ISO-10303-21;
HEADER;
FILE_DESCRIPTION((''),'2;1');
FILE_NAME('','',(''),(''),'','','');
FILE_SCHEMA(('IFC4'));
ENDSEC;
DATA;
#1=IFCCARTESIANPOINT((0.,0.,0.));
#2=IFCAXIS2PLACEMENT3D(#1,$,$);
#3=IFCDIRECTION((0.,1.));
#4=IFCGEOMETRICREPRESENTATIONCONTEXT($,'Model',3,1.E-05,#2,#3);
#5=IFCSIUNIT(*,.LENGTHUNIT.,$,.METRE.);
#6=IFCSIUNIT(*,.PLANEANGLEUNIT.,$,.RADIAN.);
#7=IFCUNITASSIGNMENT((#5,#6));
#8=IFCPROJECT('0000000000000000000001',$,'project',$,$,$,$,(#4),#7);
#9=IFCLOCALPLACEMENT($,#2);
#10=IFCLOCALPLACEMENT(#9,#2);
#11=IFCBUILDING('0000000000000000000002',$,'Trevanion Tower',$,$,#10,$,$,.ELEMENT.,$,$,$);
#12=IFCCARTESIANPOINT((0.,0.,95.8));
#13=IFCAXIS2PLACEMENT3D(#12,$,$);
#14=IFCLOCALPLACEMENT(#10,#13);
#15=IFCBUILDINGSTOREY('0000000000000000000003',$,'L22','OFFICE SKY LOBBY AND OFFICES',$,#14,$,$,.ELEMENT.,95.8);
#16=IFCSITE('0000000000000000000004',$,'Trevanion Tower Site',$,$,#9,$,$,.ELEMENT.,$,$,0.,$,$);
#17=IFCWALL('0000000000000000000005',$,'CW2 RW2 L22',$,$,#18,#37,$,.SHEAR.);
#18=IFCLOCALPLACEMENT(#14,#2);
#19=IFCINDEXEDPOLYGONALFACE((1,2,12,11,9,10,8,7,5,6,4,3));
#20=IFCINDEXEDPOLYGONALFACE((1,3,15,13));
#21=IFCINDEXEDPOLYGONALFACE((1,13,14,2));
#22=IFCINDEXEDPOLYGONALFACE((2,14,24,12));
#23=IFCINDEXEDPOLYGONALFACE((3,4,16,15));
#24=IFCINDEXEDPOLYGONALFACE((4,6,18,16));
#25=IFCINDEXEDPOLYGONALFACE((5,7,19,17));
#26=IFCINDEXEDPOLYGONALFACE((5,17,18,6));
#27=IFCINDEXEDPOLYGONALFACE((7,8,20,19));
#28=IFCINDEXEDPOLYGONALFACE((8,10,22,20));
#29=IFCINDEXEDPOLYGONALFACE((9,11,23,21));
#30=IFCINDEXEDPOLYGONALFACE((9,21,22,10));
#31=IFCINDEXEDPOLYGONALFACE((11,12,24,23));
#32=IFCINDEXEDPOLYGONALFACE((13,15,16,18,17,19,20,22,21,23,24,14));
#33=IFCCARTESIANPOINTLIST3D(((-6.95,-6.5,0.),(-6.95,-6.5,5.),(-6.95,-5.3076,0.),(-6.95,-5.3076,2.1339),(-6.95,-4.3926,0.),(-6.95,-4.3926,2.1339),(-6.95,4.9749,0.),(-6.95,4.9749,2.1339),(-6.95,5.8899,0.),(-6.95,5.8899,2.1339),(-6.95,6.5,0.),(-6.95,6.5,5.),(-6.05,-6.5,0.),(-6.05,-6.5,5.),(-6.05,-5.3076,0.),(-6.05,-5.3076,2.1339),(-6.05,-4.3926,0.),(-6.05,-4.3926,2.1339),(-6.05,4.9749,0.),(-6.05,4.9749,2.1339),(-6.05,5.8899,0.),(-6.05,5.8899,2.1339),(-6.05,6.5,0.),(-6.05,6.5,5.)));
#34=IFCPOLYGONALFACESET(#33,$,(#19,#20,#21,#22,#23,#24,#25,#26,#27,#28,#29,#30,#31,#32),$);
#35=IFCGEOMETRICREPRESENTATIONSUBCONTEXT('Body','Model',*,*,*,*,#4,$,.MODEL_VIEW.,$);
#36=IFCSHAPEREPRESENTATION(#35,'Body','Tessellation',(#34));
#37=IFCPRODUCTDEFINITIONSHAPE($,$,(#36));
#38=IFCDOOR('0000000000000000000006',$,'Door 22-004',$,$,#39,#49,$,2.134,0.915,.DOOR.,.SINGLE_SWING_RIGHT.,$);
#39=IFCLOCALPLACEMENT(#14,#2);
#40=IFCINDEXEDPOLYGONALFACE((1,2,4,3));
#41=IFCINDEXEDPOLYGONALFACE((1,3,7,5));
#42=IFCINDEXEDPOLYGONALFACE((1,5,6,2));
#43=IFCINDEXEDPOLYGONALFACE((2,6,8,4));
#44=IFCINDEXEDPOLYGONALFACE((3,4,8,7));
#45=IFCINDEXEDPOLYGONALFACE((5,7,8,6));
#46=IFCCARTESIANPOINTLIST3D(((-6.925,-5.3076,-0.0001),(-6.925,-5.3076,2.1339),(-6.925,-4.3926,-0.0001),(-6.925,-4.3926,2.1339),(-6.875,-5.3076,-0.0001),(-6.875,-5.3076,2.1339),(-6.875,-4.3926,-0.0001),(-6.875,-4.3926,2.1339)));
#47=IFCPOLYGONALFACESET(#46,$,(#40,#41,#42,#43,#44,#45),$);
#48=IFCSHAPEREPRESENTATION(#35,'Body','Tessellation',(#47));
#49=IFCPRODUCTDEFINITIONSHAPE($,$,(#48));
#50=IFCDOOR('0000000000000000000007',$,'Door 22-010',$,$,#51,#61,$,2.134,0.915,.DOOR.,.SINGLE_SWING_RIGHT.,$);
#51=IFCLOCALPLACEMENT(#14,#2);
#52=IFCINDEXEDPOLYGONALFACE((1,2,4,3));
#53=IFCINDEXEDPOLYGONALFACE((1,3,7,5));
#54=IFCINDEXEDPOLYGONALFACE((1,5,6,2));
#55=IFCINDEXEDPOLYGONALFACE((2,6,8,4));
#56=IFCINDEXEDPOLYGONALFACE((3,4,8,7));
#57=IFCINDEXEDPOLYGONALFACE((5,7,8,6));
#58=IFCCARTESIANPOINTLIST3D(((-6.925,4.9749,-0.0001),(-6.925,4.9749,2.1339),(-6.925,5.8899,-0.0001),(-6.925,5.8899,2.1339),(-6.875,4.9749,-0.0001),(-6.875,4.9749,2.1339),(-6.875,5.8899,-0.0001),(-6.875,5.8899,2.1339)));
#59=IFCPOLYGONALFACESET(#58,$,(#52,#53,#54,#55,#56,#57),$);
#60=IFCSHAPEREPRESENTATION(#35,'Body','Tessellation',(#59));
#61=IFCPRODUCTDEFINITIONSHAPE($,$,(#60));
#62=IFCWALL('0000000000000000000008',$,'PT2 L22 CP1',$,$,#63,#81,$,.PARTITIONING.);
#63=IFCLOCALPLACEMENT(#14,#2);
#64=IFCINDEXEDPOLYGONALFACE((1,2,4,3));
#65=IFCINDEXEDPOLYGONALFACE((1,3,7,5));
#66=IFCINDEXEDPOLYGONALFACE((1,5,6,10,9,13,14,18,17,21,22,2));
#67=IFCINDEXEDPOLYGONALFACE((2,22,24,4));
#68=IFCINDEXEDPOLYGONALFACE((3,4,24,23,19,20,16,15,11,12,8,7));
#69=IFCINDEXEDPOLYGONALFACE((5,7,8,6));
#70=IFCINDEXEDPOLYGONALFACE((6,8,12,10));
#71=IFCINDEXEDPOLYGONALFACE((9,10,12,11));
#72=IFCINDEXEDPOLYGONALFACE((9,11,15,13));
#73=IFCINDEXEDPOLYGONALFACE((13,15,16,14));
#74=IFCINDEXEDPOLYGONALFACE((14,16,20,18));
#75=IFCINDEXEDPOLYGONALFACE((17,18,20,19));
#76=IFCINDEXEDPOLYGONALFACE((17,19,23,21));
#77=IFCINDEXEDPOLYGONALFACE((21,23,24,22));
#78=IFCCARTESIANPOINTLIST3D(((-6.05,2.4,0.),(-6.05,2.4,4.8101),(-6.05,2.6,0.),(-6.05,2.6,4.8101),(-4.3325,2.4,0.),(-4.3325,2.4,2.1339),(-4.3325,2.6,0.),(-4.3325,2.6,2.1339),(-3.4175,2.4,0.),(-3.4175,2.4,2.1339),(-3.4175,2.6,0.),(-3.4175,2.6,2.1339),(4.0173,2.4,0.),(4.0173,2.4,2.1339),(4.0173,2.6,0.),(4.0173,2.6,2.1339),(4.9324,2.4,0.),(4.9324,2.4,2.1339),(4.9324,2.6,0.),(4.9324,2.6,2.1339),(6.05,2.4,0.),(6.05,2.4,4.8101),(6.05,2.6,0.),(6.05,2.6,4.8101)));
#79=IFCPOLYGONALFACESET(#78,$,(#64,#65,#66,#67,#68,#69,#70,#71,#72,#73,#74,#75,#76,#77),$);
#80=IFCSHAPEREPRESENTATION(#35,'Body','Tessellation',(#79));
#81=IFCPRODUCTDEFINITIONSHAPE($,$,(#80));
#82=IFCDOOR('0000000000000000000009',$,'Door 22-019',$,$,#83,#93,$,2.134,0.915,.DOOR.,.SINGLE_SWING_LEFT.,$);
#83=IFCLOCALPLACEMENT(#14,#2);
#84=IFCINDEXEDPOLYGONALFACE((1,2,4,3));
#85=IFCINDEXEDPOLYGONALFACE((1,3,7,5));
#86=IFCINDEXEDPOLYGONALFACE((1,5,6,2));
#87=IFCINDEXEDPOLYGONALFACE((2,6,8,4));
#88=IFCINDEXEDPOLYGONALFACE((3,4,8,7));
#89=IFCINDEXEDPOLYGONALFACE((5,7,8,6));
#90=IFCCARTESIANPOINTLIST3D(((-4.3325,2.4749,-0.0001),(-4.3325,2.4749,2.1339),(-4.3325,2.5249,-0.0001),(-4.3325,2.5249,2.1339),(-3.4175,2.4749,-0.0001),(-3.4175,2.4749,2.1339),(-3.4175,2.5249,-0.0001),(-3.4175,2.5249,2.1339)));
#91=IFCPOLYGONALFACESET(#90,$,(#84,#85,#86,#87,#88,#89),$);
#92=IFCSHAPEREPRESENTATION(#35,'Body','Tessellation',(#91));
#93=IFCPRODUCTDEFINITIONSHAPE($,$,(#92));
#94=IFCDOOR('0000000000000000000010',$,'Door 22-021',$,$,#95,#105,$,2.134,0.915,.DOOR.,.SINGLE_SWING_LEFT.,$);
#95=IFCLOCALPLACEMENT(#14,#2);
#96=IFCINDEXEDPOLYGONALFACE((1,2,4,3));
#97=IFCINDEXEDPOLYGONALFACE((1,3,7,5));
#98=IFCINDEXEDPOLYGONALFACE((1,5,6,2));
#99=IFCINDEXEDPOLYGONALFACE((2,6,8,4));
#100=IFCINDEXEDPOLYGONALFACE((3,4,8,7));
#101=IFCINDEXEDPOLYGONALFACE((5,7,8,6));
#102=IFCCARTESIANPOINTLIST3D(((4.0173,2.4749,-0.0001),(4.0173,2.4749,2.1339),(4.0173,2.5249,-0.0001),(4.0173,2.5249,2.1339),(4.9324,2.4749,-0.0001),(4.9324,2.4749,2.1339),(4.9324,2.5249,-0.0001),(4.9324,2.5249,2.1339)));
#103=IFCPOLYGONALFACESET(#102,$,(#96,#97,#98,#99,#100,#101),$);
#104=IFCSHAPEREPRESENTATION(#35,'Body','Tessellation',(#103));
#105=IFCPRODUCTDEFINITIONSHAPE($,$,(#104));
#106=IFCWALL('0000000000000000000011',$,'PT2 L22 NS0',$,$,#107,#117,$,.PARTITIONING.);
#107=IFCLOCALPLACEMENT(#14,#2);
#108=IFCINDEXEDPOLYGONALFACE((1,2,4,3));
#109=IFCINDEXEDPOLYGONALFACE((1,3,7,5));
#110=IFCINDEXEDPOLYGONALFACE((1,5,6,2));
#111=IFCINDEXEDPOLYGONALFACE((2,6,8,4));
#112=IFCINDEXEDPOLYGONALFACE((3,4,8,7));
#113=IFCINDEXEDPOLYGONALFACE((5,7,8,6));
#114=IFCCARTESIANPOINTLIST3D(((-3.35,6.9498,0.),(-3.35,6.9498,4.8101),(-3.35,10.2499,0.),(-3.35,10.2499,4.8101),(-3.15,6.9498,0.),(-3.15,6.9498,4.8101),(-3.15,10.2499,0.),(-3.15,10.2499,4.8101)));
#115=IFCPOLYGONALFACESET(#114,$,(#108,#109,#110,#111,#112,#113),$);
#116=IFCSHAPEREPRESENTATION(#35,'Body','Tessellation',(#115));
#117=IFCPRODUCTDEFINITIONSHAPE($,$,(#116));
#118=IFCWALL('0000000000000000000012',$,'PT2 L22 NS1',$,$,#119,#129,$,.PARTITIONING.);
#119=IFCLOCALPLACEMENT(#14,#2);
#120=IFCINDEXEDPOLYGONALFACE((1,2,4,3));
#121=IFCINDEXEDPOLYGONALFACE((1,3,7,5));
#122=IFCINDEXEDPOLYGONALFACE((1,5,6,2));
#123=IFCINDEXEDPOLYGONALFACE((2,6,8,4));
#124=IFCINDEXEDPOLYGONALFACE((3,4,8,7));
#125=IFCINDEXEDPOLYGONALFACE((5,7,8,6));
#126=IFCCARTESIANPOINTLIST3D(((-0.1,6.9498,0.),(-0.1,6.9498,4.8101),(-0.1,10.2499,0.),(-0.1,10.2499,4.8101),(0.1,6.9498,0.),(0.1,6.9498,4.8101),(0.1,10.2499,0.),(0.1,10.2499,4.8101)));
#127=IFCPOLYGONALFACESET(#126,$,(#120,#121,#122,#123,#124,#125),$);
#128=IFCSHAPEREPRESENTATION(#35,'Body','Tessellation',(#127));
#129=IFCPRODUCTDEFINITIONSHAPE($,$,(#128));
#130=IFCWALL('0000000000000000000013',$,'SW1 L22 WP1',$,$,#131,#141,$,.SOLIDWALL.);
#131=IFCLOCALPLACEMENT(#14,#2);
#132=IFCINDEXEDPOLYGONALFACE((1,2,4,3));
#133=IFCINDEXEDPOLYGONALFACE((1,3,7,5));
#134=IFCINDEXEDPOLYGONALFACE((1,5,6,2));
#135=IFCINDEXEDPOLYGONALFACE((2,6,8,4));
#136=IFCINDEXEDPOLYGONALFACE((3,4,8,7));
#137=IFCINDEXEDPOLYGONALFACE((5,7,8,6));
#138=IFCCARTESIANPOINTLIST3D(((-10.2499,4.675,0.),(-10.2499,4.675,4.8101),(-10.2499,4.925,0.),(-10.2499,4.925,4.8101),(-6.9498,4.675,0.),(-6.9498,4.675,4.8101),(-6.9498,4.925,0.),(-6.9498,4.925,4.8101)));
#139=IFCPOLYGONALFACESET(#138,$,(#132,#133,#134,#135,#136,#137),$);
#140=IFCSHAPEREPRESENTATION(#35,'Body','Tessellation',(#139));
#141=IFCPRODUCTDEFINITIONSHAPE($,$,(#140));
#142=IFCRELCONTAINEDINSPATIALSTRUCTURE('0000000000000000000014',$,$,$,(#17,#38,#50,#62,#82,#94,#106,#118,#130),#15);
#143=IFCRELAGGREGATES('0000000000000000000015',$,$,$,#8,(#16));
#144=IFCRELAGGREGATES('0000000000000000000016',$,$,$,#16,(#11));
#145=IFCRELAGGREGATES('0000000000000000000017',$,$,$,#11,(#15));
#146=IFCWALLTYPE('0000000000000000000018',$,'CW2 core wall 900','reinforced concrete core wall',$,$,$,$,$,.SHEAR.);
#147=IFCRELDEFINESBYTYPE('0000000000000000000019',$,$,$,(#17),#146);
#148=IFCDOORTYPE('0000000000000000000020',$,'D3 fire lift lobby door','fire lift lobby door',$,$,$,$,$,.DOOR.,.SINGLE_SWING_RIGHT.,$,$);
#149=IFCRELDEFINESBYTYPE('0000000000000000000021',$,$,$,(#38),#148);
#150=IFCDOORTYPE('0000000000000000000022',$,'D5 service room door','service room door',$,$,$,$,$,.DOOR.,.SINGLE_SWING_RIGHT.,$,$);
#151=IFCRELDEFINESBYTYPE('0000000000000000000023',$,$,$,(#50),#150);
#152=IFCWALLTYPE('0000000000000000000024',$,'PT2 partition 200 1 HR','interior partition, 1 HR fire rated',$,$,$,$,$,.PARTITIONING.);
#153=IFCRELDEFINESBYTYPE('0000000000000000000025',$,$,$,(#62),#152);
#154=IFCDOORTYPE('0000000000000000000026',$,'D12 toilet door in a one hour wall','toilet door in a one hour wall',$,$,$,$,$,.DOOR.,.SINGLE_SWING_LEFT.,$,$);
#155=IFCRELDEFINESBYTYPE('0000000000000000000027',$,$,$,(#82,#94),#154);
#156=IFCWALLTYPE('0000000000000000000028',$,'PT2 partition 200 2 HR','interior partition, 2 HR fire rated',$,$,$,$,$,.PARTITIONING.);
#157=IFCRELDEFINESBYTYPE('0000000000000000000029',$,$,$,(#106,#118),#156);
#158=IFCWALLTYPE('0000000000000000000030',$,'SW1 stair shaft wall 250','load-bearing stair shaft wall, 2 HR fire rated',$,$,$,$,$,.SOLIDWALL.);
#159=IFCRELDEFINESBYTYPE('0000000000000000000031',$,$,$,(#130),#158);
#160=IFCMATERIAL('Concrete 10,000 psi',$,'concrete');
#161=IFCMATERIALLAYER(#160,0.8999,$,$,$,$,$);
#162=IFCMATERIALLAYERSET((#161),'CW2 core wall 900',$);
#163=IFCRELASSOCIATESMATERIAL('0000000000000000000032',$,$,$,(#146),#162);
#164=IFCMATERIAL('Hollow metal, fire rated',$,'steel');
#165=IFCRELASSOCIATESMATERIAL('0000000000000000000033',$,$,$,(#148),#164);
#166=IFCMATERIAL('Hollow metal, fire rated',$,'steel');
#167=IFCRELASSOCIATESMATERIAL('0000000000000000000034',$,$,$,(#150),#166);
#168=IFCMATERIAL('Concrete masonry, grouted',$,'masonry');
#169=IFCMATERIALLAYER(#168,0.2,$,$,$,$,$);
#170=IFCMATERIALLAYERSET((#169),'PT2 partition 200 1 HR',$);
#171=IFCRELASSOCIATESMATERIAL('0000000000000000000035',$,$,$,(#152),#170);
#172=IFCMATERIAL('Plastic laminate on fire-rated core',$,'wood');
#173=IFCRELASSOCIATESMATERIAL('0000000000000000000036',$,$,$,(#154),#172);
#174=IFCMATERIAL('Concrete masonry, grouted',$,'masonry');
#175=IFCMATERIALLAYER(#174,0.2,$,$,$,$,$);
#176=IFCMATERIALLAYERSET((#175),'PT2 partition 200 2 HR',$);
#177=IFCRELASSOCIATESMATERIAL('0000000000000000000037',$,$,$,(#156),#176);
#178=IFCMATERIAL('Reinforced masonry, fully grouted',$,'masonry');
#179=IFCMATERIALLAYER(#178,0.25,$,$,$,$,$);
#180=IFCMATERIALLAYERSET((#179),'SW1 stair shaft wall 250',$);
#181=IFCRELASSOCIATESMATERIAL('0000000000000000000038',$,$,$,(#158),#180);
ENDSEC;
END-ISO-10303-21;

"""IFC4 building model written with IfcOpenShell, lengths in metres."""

from ifc_helpers import new_model, si_unit, direction, frame, frame_2d, origin, place, context, subcontext, project, spatial, rectangle, extrude, material, layer, layer_set, type_object, element, fill, save


model = new_model("IFC4")

# Units and contexts
model_context = context("Model", 3, precision=1e-05, world=origin(), true_north=direction((0.0, 1.0)))
body_context = subcontext(model_context, "Body", "Model", "MODEL_VIEW")
ifc_project = project(units=[si_unit("LENGTHUNIT", "METRE"), si_unit("PLANEANGLEUNIT", "RADIAN")], contexts=[model_context])

# Site, building, storey
site_placement = place(None, origin())
site = spatial("IfcSite", under=ifc_project, at=site_placement, Name="Trevanion Tower Site", CompositionType="ELEMENT", RefElevation=0.0)
building_placement = place(site_placement, origin())
building = spatial("IfcBuilding", under=site, at=building_placement, Name="Trevanion Tower", CompositionType="ELEMENT")
storey_placement = place(building_placement, frame((0.0, 0.0, 95.8)))
storey = spatial("IfcBuildingStorey", under=building, at=storey_placement, Name="L22", Description="OFFICE SKY LOBBY AND OFFICES", CompositionType="ELEMENT", Elevation=95.8)

# Shared definitions
ifc_material_1 = material(Name="Concrete 10,000 psi", Category="concrete")
ifc_layer_1 = layer(ifc_material_1, 0.8999)
ifc_layer_set_1 = layer_set([ifc_layer_1], Name="CW2 core wall 900")
wall_type_1 = type_object("IfcWallType", Name="CW2 core wall 900", Description="reinforced concrete core wall", PredefinedType="SHEAR", material=ifc_layer_set_1)

# Walls, openings, doors
wall_1_placement = place(storey_placement, frame((-6.5, 6.5, 0.0), z_axis=(0.0, 0.0, 1.0), x_axis=(0.0, -1.0, 0.0)))
wall_1 = element("IfcWall", 1, at=wall_1_placement, inside=storey, type_object=wall_type_1, Name="CW2 RW2 L22", PredefinedType="SHEAR", context=body_context, shape_type="SweptSolid", body=[
    extrude(rectangle(XDim=13.0, YDim=0.8999, at=frame_2d((6.5, 0.0))), origin(), (0.0, 0.0, 1.0), 5.0),
])
opening_1_placement = place(wall_1_placement, frame((10.8926, 0.0, 0.0)))
opening_1 = element("IfcOpeningElement", 2, at=opening_1_placement, cuts=wall_1, PredefinedType="OPENING", context=body_context, shape_type="SweptSolid", body=[
    extrude(rectangle(XDim=0.915, YDim=2.134, at=frame_2d((0.4575, 1.0669))), frame((0.0, 0.46, 0.0), z_axis=(0.0, -1.0, 0.0), x_axis=(1.0, 0.0, 0.0)), (0.0, 0.0, 1.0), 0.9199),
])
opening_2_placement = place(wall_1_placement, frame((0.6101, 0.0, 0.0)))
opening_2 = element("IfcOpeningElement", 3, at=opening_2_placement, cuts=wall_1, PredefinedType="OPENING", context=body_context, shape_type="SweptSolid", body=[
    extrude(rectangle(XDim=0.915, YDim=2.134, at=frame_2d((0.4575, 1.0669))), frame((0.0, 0.46, 0.0), z_axis=(0.0, -1.0, 0.0), x_axis=(1.0, 0.0, 0.0)), (0.0, 0.0, 1.0), 0.9199),
])
ifc_material_2 = material(Name="Hollow metal, fire rated", Category="steel")
door_type_1 = type_object("IfcDoorType", Name="D3 fire lift lobby door", Description="fire lift lobby door", OperationType="SINGLE_SWING_RIGHT", PredefinedType="DOOR", material=ifc_material_2)
door_1_placement = place(opening_1_placement, origin())
door_1 = element("IfcDoor", 4, at=door_1_placement, inside=storey, type_object=door_type_1, Name="Door 22-004", OperationType="SINGLE_SWING_RIGHT", OverallHeight=2.134, OverallWidth=0.915, PredefinedType="DOOR", context=body_context, shape_type="SweptSolid", body=[
    extrude(rectangle(XDim=0.915, YDim=2.134, at=frame_2d((0.4575, 1.0669))), frame((0.0, -0.375, 0.0), z_axis=(0.0, -1.0, 0.0), x_axis=(1.0, 0.0, 0.0)), (0.0, 0.0, 1.0), 0.05),
])
fill(opening_1, door_1)
ifc_material_3 = material(Name="Hollow metal, fire rated", Category="steel")
door_type_2 = type_object("IfcDoorType", Name="D5 service room door", Description="service room door", OperationType="SINGLE_SWING_RIGHT", PredefinedType="DOOR", material=ifc_material_3)
door_2_placement = place(opening_2_placement, origin())
door_2 = element("IfcDoor", 5, at=door_2_placement, inside=storey, type_object=door_type_2, Name="Door 22-010", OperationType="SINGLE_SWING_RIGHT", OverallHeight=2.134, OverallWidth=0.915, PredefinedType="DOOR", context=body_context, shape_type="SweptSolid", body=[
    extrude(rectangle(XDim=0.915, YDim=2.134, at=frame_2d((0.4575, 1.0669))), frame((0.0, -0.375, 0.0), z_axis=(0.0, -1.0, 0.0), x_axis=(1.0, 0.0, 0.0)), (0.0, 0.0, 1.0), 0.05),
])
fill(opening_2, door_2)
ifc_material_4 = material(Name="Concrete masonry, grouted", Category="masonry")
ifc_layer_2 = layer(ifc_material_4, 0.2)
ifc_layer_set_2 = layer_set([ifc_layer_2], Name="PT2 partition 200 1 HR")
wall_type_2 = type_object("IfcWallType", Name="PT2 partition 200 1 HR", Description="interior partition, 1 HR fire rated", PredefinedType="PARTITIONING", material=ifc_layer_set_2)
wall_2_placement = place(storey_placement, frame((-6.05, 2.5, 0.0), z_axis=(0.0, 0.0, 1.0), x_axis=(1.0, 0.0, 0.0)))
wall_2 = element("IfcWall", 6, at=wall_2_placement, inside=storey, type_object=wall_type_2, Name="PT2 L22 CP1", PredefinedType="PARTITIONING", context=body_context, shape_type="SweptSolid", body=[
    extrude(rectangle(XDim=12.1001, YDim=0.2, at=frame_2d((6.05, 0.0))), origin(), (0.0, 0.0, 1.0), 4.8101),
])
opening_3_placement = place(wall_2_placement, frame((1.7175, 0.0, 0.0)))
opening_3 = element("IfcOpeningElement", 7, at=opening_3_placement, cuts=wall_2, PredefinedType="OPENING", context=body_context, shape_type="SweptSolid", body=[
    extrude(rectangle(XDim=0.915, YDim=2.134, at=frame_2d((0.4575, 1.0669))), frame((0.0, 0.1099, 0.0), z_axis=(0.0, -1.0, 0.0), x_axis=(1.0, 0.0, 0.0)), (0.0, 0.0, 1.0), 0.22),
])
opening_4_placement = place(wall_2_placement, frame((10.0674, 0.0, 0.0)))
opening_4 = element("IfcOpeningElement", 8, at=opening_4_placement, cuts=wall_2, PredefinedType="OPENING", context=body_context, shape_type="SweptSolid", body=[
    extrude(rectangle(XDim=0.915, YDim=2.134, at=frame_2d((0.4575, 1.0669))), frame((0.0, 0.1099, 0.0), z_axis=(0.0, -1.0, 0.0), x_axis=(1.0, 0.0, 0.0)), (0.0, 0.0, 1.0), 0.22),
])
ifc_material_5 = material(Name="Plastic laminate on fire-rated core", Category="wood")
door_type_3 = type_object("IfcDoorType", Name="D12 toilet door in a one hour wall", Description="toilet door in a one hour wall", OperationType="SINGLE_SWING_LEFT", PredefinedType="DOOR", material=ifc_material_5)
door_3_placement = place(opening_3_placement, origin())
door_3 = element("IfcDoor", 9, at=door_3_placement, inside=storey, type_object=door_type_3, Name="Door 22-019", OperationType="SINGLE_SWING_LEFT", OverallHeight=2.134, OverallWidth=0.915, PredefinedType="DOOR", context=body_context, shape_type="SweptSolid", body=[
    extrude(rectangle(XDim=0.915, YDim=2.134, at=frame_2d((0.4575, 1.0669))), frame((0.0, 0.0249, 0.0), z_axis=(0.0, -1.0, 0.0), x_axis=(1.0, 0.0, 0.0)), (0.0, 0.0, 1.0), 0.05),
])
fill(opening_3, door_3)
door_4_placement = place(opening_4_placement, origin())
door_4 = element("IfcDoor", 10, at=door_4_placement, inside=storey, type_object=door_type_3, Name="Door 22-021", OperationType="SINGLE_SWING_LEFT", OverallHeight=2.134, OverallWidth=0.915, PredefinedType="DOOR", context=body_context, shape_type="SweptSolid", body=[
    extrude(rectangle(XDim=0.915, YDim=2.134, at=frame_2d((0.4575, 1.0669))), frame((0.0, 0.0249, 0.0), z_axis=(0.0, -1.0, 0.0), x_axis=(1.0, 0.0, 0.0)), (0.0, 0.0, 1.0), 0.05),
])
fill(opening_4, door_4)

# Walls
ifc_material_6 = material(Name="Concrete masonry, grouted", Category="masonry")
ifc_layer_3 = layer(ifc_material_6, 0.2)
ifc_layer_set_3 = layer_set([ifc_layer_3], Name="PT2 partition 200 2 HR")
wall_type_3 = type_object("IfcWallType", Name="PT2 partition 200 2 HR", Description="interior partition, 2 HR fire rated", PredefinedType="PARTITIONING", material=ifc_layer_set_3)
for number, where, z_axis, x_axis, name in (
    (11, (-3.25, 6.95, 0.0), (0.0, 0.0, 1.0), (0.0, 1.0, 0.0), "PT2 L22 NS0"),
    (12, (0.0, 6.95, 0.0), (0.0, 0.0, 1.0), (0.0, 1.0, 0.0), "PT2 L22 NS1"),
):
    element("IfcWall", number, at=place(storey_placement, frame(where, z_axis=z_axis, x_axis=x_axis)), inside=storey, type_object=wall_type_3, Name=name, PredefinedType="PARTITIONING", context=body_context, shape_type="SweptSolid", body=[
        extrude(rectangle(XDim=3.3, YDim=0.2, at=frame_2d((1.6499, 0.0))), origin(), (0.0, 0.0, 1.0), 4.8101),
    ])
ifc_material_7 = material(Name="Reinforced masonry, fully grouted", Category="masonry")
ifc_layer_4 = layer(ifc_material_7, 0.25)
ifc_layer_set_4 = layer_set([ifc_layer_4], Name="SW1 stair shaft wall 250")
wall_type_4 = type_object("IfcWallType", Name="SW1 stair shaft wall 250", Description="load-bearing stair shaft wall, 2 HR fire rated", PredefinedType="SOLIDWALL", material=ifc_layer_set_4)
wall_3_placement = place(storey_placement, frame((-6.95, 4.8, 0.0), z_axis=(0.0, 0.0, 1.0), x_axis=(-1.0, 0.0, 0.0)))
element("IfcWall", 13, at=wall_3_placement, inside=storey, type_object=wall_type_4, Name="SW1 L22 WP1", PredefinedType="SOLIDWALL", context=body_context, shape_type="SweptSolid", body=[
    extrude(rectangle(XDim=3.3, YDim=0.25, at=frame_2d((1.6499, 0.0))), origin(), (0.0, 0.0, 1.0), 4.8101),
])

save(model, "model.ifc")
